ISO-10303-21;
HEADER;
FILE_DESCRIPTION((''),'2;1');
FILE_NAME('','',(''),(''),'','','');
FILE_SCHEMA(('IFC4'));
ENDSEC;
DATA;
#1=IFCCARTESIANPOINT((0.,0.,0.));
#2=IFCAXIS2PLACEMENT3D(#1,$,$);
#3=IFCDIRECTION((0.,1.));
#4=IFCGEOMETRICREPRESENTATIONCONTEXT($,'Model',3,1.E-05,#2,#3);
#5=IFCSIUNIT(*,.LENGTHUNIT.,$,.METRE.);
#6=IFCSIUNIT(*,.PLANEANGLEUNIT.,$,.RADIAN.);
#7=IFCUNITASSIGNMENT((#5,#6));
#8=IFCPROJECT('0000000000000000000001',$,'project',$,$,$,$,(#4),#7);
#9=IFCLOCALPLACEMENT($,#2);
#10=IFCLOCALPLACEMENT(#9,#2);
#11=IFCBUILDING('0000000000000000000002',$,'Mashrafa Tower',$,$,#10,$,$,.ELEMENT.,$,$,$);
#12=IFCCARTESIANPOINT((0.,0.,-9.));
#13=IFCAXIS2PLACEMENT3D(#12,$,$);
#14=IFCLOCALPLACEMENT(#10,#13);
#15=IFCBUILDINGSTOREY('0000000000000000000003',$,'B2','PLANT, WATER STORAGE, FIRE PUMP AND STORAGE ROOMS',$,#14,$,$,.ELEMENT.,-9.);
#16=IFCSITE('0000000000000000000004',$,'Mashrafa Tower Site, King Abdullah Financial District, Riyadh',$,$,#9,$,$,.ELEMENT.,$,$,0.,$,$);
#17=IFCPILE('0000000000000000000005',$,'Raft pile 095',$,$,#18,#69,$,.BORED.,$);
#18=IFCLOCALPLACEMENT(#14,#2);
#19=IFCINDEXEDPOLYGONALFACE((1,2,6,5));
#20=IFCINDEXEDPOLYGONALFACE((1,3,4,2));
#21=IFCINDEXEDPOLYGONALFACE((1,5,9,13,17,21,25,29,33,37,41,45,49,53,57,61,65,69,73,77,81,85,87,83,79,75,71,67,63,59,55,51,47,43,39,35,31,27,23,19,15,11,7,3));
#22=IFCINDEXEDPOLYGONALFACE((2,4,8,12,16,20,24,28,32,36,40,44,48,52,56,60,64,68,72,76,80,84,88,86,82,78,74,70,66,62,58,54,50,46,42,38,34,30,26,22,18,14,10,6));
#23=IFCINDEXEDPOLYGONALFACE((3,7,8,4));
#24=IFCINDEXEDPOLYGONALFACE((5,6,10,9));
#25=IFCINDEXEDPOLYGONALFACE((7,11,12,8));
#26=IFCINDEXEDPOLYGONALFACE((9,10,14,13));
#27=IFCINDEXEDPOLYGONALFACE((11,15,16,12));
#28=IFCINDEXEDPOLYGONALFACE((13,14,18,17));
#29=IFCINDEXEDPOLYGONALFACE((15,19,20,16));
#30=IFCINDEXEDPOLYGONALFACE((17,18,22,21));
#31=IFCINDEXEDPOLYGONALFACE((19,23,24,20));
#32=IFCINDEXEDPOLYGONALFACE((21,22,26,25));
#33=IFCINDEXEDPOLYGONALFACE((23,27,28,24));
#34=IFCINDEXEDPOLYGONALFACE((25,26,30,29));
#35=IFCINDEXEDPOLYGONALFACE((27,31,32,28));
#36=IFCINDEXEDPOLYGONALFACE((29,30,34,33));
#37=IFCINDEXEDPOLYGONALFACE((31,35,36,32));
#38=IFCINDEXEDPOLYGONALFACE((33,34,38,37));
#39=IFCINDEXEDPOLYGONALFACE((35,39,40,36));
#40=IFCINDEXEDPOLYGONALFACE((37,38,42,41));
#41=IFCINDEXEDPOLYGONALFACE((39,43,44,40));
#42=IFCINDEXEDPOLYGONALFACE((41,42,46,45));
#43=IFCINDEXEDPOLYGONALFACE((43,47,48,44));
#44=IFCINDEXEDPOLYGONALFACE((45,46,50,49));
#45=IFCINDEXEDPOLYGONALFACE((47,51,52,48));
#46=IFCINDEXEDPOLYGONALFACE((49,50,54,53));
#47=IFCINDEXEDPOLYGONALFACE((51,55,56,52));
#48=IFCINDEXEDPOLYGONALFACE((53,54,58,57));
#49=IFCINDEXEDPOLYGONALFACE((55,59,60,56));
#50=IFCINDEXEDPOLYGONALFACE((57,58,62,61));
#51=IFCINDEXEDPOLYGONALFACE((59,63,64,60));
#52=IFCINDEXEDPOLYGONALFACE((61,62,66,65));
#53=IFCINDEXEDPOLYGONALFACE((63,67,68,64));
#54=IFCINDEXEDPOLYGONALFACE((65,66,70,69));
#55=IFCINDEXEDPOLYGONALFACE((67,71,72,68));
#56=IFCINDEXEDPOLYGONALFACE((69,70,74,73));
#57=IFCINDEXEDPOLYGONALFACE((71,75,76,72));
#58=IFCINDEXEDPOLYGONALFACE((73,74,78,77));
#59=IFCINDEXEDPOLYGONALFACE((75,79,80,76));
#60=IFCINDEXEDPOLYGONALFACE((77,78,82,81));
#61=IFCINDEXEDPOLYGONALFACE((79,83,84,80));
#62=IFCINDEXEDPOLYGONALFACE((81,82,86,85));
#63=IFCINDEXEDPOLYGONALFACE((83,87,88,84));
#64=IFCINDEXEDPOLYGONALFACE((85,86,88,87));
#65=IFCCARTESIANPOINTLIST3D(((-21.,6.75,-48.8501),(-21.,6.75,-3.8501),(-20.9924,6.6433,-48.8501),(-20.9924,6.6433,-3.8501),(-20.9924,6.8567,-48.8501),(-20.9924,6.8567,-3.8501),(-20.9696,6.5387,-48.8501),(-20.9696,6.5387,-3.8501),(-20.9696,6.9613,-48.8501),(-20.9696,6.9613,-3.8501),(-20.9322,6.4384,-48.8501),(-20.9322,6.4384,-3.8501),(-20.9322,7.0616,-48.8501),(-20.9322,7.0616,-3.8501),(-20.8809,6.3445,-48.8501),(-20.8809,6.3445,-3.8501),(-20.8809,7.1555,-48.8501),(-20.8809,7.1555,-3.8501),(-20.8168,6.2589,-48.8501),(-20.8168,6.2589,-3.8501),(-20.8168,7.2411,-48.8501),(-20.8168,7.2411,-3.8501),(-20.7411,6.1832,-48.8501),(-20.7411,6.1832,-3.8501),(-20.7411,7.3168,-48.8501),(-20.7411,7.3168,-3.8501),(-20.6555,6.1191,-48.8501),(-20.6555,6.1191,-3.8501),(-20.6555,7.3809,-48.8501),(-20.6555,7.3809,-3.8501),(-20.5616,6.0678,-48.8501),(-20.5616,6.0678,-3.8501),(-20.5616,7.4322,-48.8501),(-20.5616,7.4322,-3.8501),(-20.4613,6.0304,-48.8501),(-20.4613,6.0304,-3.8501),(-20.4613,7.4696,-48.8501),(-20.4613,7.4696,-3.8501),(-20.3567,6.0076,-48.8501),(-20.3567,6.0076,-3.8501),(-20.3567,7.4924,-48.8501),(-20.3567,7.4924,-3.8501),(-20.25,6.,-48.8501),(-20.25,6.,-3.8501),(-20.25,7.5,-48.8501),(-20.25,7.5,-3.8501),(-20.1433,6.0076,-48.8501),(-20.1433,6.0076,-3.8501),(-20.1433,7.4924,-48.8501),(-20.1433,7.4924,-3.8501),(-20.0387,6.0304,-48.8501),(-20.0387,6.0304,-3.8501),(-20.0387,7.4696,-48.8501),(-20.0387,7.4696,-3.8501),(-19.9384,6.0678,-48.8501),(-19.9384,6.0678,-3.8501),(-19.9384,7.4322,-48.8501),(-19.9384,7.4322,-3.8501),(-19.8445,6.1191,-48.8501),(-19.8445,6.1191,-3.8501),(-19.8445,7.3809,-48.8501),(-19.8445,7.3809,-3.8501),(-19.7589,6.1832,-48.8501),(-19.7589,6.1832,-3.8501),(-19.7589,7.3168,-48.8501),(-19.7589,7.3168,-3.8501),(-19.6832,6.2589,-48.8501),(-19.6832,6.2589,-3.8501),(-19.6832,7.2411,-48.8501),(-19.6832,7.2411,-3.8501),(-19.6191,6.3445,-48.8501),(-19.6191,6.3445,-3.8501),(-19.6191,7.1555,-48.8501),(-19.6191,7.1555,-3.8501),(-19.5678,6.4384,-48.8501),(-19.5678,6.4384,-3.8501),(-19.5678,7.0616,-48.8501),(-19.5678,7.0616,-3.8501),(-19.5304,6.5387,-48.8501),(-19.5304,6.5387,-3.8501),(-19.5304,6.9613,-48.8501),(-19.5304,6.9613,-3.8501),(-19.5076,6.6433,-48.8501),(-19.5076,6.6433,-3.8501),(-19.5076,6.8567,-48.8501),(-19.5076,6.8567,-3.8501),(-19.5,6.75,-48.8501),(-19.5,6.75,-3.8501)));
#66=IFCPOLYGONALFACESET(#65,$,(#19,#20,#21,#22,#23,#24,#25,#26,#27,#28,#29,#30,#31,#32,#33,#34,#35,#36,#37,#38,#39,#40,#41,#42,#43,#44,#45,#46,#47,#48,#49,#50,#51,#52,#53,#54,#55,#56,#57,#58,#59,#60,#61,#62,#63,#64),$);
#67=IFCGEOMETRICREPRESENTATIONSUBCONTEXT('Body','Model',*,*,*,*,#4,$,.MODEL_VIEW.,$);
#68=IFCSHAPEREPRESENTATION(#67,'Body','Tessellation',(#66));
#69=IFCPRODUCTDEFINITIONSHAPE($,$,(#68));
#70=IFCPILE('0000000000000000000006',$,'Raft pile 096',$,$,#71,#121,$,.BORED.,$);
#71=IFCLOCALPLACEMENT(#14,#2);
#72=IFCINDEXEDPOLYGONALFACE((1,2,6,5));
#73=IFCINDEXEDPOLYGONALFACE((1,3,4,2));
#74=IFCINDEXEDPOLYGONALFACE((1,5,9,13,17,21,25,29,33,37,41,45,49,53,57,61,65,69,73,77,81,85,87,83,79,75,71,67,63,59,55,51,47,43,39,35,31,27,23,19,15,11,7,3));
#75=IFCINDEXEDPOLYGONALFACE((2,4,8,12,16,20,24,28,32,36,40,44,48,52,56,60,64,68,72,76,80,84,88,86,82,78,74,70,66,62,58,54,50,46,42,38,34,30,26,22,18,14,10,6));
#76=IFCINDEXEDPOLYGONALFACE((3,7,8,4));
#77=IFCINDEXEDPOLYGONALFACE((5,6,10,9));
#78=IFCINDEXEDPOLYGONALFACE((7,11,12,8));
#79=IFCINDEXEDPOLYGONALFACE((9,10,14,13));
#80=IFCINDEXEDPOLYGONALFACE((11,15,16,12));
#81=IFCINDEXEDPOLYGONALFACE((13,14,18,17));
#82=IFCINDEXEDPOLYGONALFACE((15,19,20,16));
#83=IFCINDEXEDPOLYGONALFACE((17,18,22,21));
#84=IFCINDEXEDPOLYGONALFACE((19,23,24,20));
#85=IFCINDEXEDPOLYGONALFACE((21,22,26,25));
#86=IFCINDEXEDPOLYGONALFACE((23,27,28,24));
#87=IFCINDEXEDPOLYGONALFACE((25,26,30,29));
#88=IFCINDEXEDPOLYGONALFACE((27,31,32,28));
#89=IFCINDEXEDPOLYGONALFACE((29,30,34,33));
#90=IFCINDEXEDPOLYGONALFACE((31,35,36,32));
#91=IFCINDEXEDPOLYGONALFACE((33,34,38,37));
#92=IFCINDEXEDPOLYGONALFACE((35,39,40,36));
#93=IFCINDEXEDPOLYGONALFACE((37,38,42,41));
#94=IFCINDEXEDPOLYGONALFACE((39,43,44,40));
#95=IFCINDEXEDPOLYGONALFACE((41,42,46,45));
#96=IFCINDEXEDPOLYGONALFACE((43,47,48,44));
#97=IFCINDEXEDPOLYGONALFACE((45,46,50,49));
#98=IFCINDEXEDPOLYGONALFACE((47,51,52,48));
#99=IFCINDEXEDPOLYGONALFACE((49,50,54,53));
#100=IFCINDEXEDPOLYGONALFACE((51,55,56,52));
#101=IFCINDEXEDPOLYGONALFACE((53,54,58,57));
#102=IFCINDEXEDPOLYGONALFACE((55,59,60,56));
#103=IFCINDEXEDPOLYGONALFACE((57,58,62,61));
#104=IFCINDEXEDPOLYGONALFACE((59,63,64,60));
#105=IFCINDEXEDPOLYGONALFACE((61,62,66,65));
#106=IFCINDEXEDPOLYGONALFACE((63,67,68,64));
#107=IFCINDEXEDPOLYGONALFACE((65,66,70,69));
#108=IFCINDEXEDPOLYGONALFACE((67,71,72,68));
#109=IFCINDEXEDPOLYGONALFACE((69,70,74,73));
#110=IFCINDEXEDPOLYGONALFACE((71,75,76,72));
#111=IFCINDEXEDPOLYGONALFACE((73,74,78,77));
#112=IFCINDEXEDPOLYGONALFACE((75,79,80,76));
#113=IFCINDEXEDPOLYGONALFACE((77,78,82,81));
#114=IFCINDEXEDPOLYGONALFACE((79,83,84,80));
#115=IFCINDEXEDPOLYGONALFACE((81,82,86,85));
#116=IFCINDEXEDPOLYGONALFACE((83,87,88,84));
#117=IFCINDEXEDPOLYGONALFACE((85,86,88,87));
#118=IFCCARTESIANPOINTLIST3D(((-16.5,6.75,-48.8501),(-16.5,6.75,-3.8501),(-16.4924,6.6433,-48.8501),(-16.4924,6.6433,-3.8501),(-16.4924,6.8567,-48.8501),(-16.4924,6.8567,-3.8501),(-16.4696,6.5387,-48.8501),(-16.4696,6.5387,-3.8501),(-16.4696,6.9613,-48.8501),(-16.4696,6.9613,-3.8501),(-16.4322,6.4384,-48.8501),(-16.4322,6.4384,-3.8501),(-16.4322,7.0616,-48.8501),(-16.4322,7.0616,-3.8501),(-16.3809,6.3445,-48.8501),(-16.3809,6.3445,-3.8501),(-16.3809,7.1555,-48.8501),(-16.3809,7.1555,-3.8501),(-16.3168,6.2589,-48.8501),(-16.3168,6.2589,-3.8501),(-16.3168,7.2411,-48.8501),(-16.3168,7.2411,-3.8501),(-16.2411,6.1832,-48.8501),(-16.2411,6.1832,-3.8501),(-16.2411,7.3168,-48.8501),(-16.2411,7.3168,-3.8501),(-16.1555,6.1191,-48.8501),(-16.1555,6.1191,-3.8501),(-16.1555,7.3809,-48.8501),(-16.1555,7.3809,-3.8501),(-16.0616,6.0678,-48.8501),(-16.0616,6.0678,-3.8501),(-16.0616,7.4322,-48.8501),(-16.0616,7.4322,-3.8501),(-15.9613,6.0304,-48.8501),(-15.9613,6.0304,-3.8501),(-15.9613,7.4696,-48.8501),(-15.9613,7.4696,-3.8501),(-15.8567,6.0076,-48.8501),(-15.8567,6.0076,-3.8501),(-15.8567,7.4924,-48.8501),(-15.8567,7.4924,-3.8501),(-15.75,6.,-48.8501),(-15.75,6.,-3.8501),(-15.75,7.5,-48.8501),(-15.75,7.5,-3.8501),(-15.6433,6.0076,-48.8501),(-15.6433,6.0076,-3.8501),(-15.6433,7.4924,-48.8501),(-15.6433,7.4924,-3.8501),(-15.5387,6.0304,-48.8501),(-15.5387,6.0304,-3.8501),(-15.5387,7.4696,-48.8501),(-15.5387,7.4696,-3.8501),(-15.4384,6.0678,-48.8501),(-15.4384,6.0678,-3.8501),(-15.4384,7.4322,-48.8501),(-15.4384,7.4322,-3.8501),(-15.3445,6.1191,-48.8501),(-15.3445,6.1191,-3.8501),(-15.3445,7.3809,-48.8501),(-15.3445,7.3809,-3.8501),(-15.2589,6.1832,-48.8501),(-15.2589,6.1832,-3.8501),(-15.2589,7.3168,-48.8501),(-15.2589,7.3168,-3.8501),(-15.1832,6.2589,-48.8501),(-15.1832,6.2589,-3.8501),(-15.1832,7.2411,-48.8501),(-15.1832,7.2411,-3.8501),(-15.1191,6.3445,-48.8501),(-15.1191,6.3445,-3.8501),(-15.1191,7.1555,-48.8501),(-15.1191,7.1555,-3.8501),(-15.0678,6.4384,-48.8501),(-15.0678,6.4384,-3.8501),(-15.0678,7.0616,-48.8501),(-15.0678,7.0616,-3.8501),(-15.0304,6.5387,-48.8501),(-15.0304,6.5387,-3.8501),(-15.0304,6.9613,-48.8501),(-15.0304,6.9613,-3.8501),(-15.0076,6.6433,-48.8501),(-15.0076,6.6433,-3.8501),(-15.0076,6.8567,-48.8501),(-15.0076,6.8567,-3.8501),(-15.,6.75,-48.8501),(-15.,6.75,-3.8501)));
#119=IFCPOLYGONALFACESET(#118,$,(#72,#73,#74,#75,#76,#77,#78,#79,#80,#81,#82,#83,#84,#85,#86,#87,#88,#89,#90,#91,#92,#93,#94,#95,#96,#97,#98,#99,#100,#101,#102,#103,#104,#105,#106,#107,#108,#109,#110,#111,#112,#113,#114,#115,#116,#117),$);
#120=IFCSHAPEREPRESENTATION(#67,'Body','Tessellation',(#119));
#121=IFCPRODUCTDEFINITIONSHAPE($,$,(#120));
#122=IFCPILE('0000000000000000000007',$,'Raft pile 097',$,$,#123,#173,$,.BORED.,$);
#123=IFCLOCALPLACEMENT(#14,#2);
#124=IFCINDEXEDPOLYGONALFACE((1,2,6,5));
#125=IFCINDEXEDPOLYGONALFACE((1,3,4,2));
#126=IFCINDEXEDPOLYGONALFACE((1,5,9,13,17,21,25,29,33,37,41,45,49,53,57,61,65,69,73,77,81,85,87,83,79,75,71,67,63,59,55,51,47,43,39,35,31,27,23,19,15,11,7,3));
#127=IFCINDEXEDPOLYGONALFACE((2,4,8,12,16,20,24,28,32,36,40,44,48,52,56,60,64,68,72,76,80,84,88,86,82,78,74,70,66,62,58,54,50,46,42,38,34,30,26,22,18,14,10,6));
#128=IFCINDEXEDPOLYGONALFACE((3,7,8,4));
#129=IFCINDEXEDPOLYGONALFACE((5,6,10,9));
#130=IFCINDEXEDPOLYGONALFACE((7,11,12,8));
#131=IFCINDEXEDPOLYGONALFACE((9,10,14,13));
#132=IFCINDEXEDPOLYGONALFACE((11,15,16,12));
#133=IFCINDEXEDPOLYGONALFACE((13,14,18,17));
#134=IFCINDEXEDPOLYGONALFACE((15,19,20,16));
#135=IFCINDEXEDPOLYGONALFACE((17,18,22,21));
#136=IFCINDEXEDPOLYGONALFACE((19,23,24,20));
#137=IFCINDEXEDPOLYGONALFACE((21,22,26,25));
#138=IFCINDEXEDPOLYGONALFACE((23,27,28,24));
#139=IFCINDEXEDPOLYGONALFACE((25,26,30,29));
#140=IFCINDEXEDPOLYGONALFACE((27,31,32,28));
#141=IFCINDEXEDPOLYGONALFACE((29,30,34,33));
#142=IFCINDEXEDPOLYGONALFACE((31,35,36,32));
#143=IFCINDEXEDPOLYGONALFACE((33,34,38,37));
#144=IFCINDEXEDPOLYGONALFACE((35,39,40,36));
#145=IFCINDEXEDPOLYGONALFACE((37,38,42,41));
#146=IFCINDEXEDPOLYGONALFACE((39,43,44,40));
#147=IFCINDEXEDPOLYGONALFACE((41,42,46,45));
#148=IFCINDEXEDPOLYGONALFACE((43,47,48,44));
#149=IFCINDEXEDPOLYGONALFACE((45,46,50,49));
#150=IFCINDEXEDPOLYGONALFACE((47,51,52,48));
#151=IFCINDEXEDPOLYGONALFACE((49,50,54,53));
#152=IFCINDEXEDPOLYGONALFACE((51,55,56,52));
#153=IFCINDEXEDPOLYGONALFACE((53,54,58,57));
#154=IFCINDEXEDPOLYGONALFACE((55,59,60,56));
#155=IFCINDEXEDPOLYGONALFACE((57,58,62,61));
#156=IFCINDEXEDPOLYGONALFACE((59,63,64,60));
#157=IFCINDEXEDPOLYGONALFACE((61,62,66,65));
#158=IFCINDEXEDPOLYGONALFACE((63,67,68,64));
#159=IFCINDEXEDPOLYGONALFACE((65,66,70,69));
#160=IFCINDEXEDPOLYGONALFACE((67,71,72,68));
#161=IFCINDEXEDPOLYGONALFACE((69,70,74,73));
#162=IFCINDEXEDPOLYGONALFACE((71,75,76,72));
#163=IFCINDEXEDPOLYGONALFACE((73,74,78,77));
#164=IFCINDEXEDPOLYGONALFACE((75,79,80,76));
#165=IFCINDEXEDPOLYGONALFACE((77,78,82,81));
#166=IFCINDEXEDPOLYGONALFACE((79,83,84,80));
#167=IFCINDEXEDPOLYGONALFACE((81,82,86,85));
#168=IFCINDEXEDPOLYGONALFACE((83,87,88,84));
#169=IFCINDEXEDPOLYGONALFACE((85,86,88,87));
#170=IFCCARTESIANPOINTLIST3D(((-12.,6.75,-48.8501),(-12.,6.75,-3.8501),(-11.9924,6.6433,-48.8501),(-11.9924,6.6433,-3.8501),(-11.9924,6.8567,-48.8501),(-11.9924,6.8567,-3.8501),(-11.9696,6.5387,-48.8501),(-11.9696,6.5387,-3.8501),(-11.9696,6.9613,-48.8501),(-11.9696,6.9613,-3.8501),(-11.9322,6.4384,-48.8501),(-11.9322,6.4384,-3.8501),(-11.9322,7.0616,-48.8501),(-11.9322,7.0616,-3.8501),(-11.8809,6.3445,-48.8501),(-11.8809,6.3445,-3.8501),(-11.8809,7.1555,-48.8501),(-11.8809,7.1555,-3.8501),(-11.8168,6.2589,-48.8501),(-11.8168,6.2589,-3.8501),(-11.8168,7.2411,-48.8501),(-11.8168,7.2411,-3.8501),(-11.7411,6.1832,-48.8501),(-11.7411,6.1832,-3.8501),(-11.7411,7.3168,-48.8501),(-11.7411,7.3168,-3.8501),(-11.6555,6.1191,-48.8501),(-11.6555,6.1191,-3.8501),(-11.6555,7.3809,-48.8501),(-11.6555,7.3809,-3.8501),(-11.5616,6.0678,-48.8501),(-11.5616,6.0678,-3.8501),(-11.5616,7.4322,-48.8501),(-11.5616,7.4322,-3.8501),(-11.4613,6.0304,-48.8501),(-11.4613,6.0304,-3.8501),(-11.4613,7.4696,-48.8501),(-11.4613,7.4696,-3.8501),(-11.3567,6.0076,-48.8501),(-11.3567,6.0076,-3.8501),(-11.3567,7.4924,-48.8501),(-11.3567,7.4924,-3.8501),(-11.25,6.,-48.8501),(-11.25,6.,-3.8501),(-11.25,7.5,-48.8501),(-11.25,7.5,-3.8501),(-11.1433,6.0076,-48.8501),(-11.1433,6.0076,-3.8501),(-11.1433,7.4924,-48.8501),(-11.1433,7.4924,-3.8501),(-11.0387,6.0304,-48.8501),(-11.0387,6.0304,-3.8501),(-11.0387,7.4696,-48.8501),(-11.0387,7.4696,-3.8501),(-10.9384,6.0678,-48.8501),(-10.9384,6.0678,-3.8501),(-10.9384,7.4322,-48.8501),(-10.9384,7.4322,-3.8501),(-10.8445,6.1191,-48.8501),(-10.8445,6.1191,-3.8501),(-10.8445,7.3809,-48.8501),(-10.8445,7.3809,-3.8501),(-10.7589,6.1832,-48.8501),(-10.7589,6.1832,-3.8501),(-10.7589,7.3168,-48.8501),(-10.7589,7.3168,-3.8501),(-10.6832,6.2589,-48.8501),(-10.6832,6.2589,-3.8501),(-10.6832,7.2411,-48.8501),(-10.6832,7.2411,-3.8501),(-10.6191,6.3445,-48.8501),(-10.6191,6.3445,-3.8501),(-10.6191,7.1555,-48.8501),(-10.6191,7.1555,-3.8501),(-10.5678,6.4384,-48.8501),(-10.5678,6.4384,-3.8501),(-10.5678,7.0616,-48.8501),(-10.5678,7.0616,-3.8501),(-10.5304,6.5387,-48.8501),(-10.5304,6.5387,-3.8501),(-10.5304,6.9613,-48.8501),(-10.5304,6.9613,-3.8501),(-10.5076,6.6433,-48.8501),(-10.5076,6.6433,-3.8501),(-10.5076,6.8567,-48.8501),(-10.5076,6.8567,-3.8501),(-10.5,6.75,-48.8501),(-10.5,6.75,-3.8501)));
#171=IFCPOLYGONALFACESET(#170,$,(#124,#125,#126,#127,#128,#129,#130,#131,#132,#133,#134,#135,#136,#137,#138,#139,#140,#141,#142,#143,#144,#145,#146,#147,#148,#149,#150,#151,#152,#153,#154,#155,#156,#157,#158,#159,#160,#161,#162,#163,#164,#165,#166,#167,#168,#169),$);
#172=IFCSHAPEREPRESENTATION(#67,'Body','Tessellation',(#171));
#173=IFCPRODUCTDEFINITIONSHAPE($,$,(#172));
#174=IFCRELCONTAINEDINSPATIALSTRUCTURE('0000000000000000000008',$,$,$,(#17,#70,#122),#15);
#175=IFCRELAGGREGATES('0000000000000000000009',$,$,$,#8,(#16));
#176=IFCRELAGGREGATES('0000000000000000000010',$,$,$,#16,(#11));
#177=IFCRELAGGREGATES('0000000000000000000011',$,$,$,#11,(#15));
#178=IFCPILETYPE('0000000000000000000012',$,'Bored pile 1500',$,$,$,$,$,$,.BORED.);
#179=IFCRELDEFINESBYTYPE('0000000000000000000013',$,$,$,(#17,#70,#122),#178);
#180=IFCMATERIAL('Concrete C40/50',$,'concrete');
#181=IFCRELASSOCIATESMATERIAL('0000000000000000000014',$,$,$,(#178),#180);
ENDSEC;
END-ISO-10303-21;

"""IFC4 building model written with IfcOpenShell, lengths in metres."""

from ifc_helpers import new_model, si_unit, direction, frame, origin, origin_2d, place, context, subcontext, project, spatial, circle, extrude, material, material_profile, profile_set, type_object, element, save


model = new_model("IFC4")

# Units and contexts
model_context = context("Model", 3, precision=1e-05, world=origin(), true_north=direction((0.0, 1.0)))
body_context = subcontext(model_context, "Body", "Model", "MODEL_VIEW")
ifc_project = project(units=[si_unit("LENGTHUNIT", "METRE"), si_unit("PLANEANGLEUNIT", "RADIAN")], contexts=[model_context])

# Site, building, storey
site_placement = place(None, origin())
site = spatial("IfcSite", under=ifc_project, at=site_placement, Name="Mashrafa Tower Site, King Abdullah Financial District, Riyadh", CompositionType="ELEMENT", RefElevation=0.0)
building_placement = place(site_placement, origin())
building = spatial("IfcBuilding", under=site, at=building_placement, Name="Mashrafa Tower", CompositionType="ELEMENT")
storey_placement = place(building_placement, frame((0.0, 0.0, -9.0)))
storey = spatial("IfcBuildingStorey", under=building, at=storey_placement, Name="B2", Description="PLANT, WATER STORAGE, FIRE PUMP AND STORAGE ROOMS", CompositionType="ELEMENT", Elevation=-9.0)

# Piles
ifc_material_1 = material(Name="Concrete C40/50", Category="concrete")
ifc_material_profile_1 = material_profile(ifc_material_1, circle(Radius=0.75, at=origin_2d()), Name="1500 DIA")
ifc_profile_set_1 = profile_set([ifc_material_profile_1], Name="Concrete C40/50")
pile_type = type_object("IfcPileType", Name="Bored pile 1500", PredefinedType="BORED", material=ifc_profile_set_1)
for number, where, z_axis, x_axis, name in (
    (1, (-20.25, 6.75, -3.8501), (0.0, 0.0, -1.0), (1.0, 0.0, 0.0), "Raft pile 095"),
    (2, (-15.75, 6.75, -3.8501), (0.0, 0.0, -1.0), (1.0, 0.0, 0.0), "Raft pile 096"),
    (3, (-11.25, 6.75, -3.8501), (0.0, 0.0, -1.0), (1.0, 0.0, 0.0), "Raft pile 097"),
):
    element("IfcPile", number, at=place(storey_placement, frame(where, z_axis=z_axis, x_axis=x_axis)), inside=storey, type_object=pile_type, Name=name, PredefinedType="BORED", context=body_context, shape_type="SweptSolid", body=[
        extrude(circle(Radius=0.75, at=origin_2d()), origin(), (0.0, 0.0, 1.0), 45.0),
    ])

save(model, "model.ifc")
